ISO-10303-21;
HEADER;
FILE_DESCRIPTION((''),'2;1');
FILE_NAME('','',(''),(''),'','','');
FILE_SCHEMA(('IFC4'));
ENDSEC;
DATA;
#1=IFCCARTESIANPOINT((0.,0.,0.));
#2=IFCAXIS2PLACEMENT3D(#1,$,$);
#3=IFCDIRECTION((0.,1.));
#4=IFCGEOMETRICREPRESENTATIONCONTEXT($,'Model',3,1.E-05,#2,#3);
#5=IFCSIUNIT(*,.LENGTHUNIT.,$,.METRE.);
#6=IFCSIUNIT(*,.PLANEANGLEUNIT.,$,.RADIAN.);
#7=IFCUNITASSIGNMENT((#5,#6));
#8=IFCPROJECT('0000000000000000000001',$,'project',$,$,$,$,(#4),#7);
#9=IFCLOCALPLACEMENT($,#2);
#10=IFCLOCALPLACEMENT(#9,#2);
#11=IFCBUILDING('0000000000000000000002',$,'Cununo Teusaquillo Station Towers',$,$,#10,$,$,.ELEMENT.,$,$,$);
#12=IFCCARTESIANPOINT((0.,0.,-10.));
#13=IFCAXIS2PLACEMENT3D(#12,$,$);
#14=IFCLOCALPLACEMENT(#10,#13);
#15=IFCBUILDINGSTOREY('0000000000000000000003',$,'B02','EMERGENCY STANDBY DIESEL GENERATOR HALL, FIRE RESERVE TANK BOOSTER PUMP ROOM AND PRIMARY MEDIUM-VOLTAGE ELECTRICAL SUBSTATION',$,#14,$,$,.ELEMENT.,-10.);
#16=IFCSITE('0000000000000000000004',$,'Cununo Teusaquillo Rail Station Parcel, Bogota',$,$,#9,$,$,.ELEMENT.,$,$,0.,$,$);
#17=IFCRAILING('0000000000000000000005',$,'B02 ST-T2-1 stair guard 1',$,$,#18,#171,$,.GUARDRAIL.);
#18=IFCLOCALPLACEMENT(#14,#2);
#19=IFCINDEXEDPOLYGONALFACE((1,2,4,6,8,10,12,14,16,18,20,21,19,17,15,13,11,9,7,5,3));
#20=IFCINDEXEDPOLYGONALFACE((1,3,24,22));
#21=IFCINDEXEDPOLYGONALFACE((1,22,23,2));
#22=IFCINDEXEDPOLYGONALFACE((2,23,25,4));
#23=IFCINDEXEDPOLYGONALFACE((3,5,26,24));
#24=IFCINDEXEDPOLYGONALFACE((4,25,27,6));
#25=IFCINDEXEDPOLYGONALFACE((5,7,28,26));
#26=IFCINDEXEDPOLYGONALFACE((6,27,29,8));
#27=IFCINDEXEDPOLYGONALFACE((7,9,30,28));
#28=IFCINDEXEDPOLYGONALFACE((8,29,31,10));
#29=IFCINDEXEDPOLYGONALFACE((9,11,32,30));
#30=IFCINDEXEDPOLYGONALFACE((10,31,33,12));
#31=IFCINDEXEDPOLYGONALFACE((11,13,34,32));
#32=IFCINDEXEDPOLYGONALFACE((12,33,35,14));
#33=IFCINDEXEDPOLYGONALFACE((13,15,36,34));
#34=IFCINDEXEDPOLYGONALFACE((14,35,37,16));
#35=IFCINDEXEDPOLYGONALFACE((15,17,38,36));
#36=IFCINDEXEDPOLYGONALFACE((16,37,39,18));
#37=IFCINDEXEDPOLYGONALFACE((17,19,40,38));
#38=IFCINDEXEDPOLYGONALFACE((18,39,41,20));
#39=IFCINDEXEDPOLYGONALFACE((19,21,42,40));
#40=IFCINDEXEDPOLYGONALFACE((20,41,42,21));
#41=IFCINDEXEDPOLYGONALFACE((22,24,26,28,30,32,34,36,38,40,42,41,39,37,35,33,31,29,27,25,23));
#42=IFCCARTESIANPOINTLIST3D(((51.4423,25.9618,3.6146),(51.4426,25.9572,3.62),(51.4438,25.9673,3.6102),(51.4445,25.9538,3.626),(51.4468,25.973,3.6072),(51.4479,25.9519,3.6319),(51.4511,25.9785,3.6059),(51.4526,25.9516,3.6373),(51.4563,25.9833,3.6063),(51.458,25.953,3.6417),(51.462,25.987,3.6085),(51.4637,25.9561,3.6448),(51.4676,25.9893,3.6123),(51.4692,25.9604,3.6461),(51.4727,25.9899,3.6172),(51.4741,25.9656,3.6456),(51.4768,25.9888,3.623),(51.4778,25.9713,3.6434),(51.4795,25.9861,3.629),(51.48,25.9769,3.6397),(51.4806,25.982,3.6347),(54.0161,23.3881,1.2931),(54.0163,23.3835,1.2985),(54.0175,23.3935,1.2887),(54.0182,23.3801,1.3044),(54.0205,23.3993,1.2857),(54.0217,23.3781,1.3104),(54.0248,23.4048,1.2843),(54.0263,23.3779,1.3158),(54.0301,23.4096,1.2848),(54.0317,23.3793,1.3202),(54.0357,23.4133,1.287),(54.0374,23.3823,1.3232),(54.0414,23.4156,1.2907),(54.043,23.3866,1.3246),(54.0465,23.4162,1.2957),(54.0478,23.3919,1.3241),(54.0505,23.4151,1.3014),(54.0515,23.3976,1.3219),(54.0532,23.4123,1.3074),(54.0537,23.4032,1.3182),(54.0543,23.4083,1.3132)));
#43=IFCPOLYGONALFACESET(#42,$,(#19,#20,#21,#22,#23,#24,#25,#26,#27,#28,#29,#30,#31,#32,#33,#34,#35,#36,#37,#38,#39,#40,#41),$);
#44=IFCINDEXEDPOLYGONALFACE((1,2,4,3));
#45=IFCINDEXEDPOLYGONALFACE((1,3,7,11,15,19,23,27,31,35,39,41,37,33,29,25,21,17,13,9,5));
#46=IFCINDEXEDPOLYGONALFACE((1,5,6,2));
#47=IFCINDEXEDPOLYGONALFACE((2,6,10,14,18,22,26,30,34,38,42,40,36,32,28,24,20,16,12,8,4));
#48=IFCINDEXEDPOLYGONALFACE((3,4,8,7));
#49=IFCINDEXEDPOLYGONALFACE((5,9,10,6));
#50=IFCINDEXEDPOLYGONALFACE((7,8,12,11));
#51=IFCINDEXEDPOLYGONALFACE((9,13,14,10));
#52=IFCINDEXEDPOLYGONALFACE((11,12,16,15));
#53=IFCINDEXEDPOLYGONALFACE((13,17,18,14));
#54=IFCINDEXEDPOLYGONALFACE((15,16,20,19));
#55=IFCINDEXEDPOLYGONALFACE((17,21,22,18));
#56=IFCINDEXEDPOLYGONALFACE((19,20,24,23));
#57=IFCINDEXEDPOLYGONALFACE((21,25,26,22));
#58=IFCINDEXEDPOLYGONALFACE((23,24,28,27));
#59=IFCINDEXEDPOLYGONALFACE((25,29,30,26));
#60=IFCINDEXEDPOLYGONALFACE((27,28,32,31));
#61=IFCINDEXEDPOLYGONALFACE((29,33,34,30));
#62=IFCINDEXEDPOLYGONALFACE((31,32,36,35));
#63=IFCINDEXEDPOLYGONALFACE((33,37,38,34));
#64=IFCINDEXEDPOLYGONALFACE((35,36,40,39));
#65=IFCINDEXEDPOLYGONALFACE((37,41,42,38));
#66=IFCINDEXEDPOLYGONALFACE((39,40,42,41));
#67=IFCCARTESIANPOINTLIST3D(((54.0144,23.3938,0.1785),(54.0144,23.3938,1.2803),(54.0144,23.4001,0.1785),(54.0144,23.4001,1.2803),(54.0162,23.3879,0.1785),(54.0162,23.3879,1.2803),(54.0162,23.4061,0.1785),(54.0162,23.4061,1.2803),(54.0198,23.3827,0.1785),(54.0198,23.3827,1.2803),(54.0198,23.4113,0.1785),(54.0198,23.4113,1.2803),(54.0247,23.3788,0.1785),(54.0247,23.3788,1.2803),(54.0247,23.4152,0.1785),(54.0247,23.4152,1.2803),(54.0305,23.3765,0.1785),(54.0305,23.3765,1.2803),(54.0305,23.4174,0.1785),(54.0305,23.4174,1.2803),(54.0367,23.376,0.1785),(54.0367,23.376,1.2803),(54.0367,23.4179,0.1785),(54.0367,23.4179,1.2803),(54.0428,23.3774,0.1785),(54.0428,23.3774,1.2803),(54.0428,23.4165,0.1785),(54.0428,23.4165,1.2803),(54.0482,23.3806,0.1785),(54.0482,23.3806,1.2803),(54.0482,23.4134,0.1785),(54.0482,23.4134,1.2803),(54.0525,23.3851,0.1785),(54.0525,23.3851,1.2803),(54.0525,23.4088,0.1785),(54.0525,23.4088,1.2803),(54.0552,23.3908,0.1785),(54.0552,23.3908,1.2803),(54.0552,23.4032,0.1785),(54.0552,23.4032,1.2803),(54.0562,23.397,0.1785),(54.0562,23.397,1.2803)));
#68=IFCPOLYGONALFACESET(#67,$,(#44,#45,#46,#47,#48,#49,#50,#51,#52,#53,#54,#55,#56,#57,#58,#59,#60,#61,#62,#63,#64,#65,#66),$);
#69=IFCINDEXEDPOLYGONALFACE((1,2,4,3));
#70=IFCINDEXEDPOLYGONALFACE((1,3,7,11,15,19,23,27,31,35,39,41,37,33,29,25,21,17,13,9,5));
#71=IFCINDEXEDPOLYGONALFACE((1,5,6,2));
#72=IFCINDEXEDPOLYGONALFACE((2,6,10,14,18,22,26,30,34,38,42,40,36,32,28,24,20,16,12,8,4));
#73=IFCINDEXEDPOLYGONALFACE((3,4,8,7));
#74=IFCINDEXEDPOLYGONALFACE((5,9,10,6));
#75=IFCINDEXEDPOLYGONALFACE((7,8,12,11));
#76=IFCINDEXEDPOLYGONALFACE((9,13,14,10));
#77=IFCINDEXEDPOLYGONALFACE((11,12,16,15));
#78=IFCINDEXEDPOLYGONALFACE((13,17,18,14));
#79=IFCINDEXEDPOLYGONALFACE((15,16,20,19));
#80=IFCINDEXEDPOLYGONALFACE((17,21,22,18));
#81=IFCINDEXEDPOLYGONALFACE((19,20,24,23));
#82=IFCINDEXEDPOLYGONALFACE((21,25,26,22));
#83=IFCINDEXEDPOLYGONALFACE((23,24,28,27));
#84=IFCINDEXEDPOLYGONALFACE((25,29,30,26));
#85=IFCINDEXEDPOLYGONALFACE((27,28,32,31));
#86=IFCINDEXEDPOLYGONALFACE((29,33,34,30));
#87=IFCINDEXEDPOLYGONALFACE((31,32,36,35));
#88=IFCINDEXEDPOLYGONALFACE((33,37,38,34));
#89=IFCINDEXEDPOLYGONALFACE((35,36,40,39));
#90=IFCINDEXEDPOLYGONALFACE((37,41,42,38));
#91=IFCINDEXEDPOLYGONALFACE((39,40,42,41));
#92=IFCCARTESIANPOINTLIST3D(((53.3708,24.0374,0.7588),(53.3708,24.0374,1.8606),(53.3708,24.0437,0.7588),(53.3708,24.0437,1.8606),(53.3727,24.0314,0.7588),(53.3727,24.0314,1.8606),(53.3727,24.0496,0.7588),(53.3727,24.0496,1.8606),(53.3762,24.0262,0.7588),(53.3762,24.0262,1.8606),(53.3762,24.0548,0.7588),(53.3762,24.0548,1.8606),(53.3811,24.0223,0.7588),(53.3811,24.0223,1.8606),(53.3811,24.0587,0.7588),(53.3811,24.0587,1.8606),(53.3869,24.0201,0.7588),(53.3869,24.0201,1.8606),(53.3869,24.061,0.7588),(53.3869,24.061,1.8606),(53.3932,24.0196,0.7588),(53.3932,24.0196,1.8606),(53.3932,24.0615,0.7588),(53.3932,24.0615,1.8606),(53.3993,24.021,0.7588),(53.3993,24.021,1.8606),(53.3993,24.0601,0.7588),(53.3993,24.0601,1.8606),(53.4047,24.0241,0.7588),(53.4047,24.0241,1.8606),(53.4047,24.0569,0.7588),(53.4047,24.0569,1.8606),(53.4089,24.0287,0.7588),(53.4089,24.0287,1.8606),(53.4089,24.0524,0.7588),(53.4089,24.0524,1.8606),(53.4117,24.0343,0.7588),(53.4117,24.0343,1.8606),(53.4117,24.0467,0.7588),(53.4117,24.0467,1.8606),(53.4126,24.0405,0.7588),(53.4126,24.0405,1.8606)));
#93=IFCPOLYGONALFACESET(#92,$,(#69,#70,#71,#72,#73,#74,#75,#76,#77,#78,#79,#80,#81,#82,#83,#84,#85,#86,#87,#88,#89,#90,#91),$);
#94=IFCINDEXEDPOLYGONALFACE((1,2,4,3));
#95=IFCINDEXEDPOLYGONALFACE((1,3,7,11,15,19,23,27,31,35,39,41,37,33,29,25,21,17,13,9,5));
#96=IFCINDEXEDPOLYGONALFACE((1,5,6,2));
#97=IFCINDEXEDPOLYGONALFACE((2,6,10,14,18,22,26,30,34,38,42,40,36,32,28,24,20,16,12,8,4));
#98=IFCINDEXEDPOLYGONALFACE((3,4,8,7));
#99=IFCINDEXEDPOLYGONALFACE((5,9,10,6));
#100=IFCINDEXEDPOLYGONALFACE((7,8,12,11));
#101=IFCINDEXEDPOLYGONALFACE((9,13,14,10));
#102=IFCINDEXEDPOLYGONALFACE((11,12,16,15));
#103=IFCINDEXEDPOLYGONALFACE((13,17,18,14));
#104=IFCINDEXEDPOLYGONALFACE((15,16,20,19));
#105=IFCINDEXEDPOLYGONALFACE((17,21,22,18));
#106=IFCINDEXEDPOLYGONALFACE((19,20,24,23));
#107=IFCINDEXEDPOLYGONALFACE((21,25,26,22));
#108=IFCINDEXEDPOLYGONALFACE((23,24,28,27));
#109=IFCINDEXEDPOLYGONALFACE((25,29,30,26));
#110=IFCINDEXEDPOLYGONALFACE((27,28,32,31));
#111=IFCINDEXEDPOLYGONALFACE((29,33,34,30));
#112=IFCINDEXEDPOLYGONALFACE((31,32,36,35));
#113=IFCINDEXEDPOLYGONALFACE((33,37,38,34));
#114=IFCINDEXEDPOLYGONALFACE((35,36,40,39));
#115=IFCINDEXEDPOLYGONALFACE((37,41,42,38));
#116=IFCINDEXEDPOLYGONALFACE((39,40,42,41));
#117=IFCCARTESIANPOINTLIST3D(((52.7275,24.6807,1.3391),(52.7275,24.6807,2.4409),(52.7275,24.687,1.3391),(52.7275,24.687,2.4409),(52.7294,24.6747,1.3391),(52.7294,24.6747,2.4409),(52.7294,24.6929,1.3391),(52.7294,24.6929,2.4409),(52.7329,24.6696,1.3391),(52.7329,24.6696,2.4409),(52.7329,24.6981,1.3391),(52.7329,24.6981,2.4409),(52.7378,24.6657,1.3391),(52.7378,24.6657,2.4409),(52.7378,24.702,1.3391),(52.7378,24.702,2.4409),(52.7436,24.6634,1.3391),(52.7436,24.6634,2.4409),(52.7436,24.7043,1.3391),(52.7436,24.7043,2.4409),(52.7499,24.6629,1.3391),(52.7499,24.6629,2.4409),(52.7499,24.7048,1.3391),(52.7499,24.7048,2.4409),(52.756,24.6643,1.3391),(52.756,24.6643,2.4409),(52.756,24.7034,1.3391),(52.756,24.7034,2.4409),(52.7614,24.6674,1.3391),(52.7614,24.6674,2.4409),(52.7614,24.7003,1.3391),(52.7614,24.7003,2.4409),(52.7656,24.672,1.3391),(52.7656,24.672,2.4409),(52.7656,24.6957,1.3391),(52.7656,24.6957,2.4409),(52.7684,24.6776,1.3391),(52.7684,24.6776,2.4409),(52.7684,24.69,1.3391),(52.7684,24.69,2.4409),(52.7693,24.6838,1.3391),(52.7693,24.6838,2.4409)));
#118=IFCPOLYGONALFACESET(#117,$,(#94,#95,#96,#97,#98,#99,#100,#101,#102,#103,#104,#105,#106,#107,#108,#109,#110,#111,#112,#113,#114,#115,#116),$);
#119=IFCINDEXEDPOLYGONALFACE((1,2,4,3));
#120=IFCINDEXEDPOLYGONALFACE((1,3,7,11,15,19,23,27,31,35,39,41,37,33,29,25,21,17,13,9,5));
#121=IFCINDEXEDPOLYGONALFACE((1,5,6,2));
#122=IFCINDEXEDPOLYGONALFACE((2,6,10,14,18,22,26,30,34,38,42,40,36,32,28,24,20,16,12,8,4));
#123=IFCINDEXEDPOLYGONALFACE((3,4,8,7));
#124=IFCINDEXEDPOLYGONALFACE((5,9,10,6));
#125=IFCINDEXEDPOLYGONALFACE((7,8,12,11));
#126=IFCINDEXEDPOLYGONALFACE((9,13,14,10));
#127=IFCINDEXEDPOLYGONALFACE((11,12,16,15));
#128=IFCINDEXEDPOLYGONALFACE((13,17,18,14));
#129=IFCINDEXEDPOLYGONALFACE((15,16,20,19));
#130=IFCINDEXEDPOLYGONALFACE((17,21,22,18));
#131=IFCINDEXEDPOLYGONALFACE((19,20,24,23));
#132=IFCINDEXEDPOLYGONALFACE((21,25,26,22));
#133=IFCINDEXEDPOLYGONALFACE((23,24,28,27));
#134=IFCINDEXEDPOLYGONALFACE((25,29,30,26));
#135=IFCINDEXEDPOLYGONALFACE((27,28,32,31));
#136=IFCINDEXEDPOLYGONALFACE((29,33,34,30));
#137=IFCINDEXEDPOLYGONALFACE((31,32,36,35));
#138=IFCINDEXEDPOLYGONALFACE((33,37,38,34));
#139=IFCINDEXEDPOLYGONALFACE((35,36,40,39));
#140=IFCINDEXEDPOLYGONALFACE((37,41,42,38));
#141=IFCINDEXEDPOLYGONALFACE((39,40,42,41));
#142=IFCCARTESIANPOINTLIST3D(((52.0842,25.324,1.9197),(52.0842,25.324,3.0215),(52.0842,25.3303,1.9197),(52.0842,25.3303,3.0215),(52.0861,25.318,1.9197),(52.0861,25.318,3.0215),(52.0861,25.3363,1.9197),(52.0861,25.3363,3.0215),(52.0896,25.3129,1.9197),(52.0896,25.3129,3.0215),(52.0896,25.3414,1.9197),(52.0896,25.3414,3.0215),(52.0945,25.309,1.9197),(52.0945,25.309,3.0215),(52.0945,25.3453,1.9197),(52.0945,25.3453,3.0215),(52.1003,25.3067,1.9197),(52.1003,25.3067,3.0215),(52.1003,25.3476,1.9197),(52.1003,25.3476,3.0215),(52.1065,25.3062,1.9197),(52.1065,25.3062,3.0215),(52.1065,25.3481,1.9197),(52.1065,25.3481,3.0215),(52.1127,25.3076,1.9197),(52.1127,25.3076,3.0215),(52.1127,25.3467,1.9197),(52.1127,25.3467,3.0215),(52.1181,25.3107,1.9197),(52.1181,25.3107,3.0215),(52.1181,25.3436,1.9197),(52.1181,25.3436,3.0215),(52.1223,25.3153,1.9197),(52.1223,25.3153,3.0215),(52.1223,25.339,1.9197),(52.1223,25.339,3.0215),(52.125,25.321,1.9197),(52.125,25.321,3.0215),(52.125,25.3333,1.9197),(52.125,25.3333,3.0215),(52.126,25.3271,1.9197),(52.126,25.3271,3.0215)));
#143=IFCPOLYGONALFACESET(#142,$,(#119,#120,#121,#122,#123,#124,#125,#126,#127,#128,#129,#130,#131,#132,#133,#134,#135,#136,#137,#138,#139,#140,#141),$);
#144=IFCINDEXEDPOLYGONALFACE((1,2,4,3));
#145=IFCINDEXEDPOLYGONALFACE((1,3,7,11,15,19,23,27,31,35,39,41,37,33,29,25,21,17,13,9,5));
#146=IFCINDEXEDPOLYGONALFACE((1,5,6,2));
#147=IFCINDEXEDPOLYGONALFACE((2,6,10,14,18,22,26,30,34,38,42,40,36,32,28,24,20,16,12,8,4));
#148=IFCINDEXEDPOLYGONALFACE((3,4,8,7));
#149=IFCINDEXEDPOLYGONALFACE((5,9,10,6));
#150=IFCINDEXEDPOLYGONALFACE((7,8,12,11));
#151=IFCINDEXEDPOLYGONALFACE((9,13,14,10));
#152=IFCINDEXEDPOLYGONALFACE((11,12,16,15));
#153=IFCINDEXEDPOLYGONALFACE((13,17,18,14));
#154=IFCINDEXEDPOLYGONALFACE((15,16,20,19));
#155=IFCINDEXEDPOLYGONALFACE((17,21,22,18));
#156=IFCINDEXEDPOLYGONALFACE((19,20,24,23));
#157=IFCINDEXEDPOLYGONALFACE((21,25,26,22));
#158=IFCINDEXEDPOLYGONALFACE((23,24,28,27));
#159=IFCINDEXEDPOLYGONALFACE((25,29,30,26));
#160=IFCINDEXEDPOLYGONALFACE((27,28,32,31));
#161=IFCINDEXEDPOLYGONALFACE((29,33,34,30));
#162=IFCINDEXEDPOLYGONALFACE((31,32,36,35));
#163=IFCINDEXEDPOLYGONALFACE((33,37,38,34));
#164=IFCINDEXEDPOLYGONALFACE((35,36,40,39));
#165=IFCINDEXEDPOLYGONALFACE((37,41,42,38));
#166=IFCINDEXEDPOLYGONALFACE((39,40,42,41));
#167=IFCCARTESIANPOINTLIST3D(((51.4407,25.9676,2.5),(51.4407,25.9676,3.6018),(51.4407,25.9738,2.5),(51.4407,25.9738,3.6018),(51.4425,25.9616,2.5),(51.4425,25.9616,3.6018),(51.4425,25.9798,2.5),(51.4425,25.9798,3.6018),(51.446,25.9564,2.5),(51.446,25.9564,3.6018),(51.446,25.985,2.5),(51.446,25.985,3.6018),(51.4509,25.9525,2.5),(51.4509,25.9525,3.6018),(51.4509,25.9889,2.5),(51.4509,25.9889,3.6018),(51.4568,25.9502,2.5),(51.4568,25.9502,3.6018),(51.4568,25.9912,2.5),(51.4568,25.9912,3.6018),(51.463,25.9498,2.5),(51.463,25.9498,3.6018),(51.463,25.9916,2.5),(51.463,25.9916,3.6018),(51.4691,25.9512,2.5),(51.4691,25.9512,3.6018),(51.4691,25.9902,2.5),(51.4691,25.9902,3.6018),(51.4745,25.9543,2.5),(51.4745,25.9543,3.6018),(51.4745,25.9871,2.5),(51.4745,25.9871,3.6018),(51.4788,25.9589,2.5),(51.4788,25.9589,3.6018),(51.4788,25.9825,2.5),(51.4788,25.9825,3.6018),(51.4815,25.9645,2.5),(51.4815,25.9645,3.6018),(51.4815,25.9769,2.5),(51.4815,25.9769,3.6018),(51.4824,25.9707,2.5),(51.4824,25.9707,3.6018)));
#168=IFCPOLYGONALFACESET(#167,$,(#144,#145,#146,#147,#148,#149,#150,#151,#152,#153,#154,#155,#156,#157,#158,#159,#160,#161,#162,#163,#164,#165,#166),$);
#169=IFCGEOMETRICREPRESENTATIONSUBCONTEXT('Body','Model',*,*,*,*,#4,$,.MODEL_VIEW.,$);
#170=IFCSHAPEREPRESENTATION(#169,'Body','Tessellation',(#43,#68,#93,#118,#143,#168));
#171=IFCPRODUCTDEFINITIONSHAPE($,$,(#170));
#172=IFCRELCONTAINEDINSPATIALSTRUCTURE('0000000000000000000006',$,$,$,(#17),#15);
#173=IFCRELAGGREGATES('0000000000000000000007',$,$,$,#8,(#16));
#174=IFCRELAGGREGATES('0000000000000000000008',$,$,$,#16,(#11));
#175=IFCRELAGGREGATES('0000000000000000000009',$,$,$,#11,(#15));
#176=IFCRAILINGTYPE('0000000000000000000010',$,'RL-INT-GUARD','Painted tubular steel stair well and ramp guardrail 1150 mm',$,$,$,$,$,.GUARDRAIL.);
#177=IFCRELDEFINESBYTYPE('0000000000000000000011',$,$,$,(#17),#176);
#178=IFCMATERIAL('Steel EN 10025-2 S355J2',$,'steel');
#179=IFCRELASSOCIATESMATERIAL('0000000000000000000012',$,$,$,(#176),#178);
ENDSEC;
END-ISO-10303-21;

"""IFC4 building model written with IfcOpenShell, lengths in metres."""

from ifc_helpers import new_model, si_unit, direction, frame, origin, origin_2d, place, context, subcontext, project, spatial, circle, extrude, material, type_object, element, save


model = new_model("IFC4")

# Units and contexts
model_context = context("Model", 3, precision=1e-05, world=origin(), true_north=direction((0.0, 1.0)))
body_context = subcontext(model_context, "Body", "Model", "MODEL_VIEW")
ifc_project = project(units=[si_unit("LENGTHUNIT", "METRE"), si_unit("PLANEANGLEUNIT", "RADIAN")], contexts=[model_context])

# Site, building, storey
site_placement = place(None, origin())
site = spatial("IfcSite", under=ifc_project, at=site_placement, Name="Cununo Teusaquillo Rail Station Parcel, Bogota", CompositionType="ELEMENT", RefElevation=0.0)
building_placement = place(site_placement, origin())
building = spatial("IfcBuilding", under=site, at=building_placement, Name="Cununo Teusaquillo Station Towers", CompositionType="ELEMENT")
storey_placement = place(building_placement, frame((0.0, 0.0, -10.0)))
storey = spatial("IfcBuildingStorey", under=building, at=storey_placement, Name="B02", Description="EMERGENCY STANDBY DIESEL GENERATOR HALL, FIRE RESERVE TANK BOOSTER PUMP ROOM AND PRIMARY MEDIUM-VOLTAGE ELECTRICAL SUBSTATION", CompositionType="ELEMENT", Elevation=-10.0)

# Railing
ifc_material_1 = material(Name="Steel EN 10025-2 S355J2", Category="steel")
railing_type_1 = type_object("IfcRailingType", Name="RL-INT-GUARD", Description="Painted tubular steel stair well and ramp guardrail 1150 mm", PredefinedType="GUARDRAIL", material=ifc_material_1)
railing_1_placement = place(storey_placement, frame((54.0352, 23.397, 0.1785)))
element("IfcRailing", 1, at=railing_1_placement, inside=storey, type_object=railing_type_1, Name="B02 ST-T2-1 stair guard 1", PredefinedType="GUARDRAIL", context=body_context, shape_type="SweptSolid", body=[
    extrude(circle(Radius=0.0239, at=origin_2d()), frame((0.0, 0.0, 1.126), z_axis=(-0.596166, 0.596166, 0.537748), x_axis=(-0.707107, -0.707107, 0.0)), (0.0, 0.0, 1.0), 4.3171),
    extrude(circle(Radius=0.021, at=origin_2d()), origin(), (0.0, 0.0, 1.0), 1.1018),
    extrude(circle(Radius=0.021, at=origin_2d()), frame((-0.6436, 0.6436, 0.5803)), (0.0, 0.0, 1.0), 1.1018),
    extrude(circle(Radius=0.021, at=origin_2d()), frame((-1.2869, 1.2869, 1.1606)), (0.0, 0.0, 1.0), 1.1018),
    extrude(circle(Radius=0.021, at=origin_2d()), frame((-1.9302, 1.9302, 1.7412)), (0.0, 0.0, 1.0), 1.1018),
    extrude(circle(Radius=0.021, at=origin_2d()), frame((-2.5737, 2.5737, 2.3215)), (0.0, 0.0, 1.0), 1.1018),
])

save(model, "model.ifc")
